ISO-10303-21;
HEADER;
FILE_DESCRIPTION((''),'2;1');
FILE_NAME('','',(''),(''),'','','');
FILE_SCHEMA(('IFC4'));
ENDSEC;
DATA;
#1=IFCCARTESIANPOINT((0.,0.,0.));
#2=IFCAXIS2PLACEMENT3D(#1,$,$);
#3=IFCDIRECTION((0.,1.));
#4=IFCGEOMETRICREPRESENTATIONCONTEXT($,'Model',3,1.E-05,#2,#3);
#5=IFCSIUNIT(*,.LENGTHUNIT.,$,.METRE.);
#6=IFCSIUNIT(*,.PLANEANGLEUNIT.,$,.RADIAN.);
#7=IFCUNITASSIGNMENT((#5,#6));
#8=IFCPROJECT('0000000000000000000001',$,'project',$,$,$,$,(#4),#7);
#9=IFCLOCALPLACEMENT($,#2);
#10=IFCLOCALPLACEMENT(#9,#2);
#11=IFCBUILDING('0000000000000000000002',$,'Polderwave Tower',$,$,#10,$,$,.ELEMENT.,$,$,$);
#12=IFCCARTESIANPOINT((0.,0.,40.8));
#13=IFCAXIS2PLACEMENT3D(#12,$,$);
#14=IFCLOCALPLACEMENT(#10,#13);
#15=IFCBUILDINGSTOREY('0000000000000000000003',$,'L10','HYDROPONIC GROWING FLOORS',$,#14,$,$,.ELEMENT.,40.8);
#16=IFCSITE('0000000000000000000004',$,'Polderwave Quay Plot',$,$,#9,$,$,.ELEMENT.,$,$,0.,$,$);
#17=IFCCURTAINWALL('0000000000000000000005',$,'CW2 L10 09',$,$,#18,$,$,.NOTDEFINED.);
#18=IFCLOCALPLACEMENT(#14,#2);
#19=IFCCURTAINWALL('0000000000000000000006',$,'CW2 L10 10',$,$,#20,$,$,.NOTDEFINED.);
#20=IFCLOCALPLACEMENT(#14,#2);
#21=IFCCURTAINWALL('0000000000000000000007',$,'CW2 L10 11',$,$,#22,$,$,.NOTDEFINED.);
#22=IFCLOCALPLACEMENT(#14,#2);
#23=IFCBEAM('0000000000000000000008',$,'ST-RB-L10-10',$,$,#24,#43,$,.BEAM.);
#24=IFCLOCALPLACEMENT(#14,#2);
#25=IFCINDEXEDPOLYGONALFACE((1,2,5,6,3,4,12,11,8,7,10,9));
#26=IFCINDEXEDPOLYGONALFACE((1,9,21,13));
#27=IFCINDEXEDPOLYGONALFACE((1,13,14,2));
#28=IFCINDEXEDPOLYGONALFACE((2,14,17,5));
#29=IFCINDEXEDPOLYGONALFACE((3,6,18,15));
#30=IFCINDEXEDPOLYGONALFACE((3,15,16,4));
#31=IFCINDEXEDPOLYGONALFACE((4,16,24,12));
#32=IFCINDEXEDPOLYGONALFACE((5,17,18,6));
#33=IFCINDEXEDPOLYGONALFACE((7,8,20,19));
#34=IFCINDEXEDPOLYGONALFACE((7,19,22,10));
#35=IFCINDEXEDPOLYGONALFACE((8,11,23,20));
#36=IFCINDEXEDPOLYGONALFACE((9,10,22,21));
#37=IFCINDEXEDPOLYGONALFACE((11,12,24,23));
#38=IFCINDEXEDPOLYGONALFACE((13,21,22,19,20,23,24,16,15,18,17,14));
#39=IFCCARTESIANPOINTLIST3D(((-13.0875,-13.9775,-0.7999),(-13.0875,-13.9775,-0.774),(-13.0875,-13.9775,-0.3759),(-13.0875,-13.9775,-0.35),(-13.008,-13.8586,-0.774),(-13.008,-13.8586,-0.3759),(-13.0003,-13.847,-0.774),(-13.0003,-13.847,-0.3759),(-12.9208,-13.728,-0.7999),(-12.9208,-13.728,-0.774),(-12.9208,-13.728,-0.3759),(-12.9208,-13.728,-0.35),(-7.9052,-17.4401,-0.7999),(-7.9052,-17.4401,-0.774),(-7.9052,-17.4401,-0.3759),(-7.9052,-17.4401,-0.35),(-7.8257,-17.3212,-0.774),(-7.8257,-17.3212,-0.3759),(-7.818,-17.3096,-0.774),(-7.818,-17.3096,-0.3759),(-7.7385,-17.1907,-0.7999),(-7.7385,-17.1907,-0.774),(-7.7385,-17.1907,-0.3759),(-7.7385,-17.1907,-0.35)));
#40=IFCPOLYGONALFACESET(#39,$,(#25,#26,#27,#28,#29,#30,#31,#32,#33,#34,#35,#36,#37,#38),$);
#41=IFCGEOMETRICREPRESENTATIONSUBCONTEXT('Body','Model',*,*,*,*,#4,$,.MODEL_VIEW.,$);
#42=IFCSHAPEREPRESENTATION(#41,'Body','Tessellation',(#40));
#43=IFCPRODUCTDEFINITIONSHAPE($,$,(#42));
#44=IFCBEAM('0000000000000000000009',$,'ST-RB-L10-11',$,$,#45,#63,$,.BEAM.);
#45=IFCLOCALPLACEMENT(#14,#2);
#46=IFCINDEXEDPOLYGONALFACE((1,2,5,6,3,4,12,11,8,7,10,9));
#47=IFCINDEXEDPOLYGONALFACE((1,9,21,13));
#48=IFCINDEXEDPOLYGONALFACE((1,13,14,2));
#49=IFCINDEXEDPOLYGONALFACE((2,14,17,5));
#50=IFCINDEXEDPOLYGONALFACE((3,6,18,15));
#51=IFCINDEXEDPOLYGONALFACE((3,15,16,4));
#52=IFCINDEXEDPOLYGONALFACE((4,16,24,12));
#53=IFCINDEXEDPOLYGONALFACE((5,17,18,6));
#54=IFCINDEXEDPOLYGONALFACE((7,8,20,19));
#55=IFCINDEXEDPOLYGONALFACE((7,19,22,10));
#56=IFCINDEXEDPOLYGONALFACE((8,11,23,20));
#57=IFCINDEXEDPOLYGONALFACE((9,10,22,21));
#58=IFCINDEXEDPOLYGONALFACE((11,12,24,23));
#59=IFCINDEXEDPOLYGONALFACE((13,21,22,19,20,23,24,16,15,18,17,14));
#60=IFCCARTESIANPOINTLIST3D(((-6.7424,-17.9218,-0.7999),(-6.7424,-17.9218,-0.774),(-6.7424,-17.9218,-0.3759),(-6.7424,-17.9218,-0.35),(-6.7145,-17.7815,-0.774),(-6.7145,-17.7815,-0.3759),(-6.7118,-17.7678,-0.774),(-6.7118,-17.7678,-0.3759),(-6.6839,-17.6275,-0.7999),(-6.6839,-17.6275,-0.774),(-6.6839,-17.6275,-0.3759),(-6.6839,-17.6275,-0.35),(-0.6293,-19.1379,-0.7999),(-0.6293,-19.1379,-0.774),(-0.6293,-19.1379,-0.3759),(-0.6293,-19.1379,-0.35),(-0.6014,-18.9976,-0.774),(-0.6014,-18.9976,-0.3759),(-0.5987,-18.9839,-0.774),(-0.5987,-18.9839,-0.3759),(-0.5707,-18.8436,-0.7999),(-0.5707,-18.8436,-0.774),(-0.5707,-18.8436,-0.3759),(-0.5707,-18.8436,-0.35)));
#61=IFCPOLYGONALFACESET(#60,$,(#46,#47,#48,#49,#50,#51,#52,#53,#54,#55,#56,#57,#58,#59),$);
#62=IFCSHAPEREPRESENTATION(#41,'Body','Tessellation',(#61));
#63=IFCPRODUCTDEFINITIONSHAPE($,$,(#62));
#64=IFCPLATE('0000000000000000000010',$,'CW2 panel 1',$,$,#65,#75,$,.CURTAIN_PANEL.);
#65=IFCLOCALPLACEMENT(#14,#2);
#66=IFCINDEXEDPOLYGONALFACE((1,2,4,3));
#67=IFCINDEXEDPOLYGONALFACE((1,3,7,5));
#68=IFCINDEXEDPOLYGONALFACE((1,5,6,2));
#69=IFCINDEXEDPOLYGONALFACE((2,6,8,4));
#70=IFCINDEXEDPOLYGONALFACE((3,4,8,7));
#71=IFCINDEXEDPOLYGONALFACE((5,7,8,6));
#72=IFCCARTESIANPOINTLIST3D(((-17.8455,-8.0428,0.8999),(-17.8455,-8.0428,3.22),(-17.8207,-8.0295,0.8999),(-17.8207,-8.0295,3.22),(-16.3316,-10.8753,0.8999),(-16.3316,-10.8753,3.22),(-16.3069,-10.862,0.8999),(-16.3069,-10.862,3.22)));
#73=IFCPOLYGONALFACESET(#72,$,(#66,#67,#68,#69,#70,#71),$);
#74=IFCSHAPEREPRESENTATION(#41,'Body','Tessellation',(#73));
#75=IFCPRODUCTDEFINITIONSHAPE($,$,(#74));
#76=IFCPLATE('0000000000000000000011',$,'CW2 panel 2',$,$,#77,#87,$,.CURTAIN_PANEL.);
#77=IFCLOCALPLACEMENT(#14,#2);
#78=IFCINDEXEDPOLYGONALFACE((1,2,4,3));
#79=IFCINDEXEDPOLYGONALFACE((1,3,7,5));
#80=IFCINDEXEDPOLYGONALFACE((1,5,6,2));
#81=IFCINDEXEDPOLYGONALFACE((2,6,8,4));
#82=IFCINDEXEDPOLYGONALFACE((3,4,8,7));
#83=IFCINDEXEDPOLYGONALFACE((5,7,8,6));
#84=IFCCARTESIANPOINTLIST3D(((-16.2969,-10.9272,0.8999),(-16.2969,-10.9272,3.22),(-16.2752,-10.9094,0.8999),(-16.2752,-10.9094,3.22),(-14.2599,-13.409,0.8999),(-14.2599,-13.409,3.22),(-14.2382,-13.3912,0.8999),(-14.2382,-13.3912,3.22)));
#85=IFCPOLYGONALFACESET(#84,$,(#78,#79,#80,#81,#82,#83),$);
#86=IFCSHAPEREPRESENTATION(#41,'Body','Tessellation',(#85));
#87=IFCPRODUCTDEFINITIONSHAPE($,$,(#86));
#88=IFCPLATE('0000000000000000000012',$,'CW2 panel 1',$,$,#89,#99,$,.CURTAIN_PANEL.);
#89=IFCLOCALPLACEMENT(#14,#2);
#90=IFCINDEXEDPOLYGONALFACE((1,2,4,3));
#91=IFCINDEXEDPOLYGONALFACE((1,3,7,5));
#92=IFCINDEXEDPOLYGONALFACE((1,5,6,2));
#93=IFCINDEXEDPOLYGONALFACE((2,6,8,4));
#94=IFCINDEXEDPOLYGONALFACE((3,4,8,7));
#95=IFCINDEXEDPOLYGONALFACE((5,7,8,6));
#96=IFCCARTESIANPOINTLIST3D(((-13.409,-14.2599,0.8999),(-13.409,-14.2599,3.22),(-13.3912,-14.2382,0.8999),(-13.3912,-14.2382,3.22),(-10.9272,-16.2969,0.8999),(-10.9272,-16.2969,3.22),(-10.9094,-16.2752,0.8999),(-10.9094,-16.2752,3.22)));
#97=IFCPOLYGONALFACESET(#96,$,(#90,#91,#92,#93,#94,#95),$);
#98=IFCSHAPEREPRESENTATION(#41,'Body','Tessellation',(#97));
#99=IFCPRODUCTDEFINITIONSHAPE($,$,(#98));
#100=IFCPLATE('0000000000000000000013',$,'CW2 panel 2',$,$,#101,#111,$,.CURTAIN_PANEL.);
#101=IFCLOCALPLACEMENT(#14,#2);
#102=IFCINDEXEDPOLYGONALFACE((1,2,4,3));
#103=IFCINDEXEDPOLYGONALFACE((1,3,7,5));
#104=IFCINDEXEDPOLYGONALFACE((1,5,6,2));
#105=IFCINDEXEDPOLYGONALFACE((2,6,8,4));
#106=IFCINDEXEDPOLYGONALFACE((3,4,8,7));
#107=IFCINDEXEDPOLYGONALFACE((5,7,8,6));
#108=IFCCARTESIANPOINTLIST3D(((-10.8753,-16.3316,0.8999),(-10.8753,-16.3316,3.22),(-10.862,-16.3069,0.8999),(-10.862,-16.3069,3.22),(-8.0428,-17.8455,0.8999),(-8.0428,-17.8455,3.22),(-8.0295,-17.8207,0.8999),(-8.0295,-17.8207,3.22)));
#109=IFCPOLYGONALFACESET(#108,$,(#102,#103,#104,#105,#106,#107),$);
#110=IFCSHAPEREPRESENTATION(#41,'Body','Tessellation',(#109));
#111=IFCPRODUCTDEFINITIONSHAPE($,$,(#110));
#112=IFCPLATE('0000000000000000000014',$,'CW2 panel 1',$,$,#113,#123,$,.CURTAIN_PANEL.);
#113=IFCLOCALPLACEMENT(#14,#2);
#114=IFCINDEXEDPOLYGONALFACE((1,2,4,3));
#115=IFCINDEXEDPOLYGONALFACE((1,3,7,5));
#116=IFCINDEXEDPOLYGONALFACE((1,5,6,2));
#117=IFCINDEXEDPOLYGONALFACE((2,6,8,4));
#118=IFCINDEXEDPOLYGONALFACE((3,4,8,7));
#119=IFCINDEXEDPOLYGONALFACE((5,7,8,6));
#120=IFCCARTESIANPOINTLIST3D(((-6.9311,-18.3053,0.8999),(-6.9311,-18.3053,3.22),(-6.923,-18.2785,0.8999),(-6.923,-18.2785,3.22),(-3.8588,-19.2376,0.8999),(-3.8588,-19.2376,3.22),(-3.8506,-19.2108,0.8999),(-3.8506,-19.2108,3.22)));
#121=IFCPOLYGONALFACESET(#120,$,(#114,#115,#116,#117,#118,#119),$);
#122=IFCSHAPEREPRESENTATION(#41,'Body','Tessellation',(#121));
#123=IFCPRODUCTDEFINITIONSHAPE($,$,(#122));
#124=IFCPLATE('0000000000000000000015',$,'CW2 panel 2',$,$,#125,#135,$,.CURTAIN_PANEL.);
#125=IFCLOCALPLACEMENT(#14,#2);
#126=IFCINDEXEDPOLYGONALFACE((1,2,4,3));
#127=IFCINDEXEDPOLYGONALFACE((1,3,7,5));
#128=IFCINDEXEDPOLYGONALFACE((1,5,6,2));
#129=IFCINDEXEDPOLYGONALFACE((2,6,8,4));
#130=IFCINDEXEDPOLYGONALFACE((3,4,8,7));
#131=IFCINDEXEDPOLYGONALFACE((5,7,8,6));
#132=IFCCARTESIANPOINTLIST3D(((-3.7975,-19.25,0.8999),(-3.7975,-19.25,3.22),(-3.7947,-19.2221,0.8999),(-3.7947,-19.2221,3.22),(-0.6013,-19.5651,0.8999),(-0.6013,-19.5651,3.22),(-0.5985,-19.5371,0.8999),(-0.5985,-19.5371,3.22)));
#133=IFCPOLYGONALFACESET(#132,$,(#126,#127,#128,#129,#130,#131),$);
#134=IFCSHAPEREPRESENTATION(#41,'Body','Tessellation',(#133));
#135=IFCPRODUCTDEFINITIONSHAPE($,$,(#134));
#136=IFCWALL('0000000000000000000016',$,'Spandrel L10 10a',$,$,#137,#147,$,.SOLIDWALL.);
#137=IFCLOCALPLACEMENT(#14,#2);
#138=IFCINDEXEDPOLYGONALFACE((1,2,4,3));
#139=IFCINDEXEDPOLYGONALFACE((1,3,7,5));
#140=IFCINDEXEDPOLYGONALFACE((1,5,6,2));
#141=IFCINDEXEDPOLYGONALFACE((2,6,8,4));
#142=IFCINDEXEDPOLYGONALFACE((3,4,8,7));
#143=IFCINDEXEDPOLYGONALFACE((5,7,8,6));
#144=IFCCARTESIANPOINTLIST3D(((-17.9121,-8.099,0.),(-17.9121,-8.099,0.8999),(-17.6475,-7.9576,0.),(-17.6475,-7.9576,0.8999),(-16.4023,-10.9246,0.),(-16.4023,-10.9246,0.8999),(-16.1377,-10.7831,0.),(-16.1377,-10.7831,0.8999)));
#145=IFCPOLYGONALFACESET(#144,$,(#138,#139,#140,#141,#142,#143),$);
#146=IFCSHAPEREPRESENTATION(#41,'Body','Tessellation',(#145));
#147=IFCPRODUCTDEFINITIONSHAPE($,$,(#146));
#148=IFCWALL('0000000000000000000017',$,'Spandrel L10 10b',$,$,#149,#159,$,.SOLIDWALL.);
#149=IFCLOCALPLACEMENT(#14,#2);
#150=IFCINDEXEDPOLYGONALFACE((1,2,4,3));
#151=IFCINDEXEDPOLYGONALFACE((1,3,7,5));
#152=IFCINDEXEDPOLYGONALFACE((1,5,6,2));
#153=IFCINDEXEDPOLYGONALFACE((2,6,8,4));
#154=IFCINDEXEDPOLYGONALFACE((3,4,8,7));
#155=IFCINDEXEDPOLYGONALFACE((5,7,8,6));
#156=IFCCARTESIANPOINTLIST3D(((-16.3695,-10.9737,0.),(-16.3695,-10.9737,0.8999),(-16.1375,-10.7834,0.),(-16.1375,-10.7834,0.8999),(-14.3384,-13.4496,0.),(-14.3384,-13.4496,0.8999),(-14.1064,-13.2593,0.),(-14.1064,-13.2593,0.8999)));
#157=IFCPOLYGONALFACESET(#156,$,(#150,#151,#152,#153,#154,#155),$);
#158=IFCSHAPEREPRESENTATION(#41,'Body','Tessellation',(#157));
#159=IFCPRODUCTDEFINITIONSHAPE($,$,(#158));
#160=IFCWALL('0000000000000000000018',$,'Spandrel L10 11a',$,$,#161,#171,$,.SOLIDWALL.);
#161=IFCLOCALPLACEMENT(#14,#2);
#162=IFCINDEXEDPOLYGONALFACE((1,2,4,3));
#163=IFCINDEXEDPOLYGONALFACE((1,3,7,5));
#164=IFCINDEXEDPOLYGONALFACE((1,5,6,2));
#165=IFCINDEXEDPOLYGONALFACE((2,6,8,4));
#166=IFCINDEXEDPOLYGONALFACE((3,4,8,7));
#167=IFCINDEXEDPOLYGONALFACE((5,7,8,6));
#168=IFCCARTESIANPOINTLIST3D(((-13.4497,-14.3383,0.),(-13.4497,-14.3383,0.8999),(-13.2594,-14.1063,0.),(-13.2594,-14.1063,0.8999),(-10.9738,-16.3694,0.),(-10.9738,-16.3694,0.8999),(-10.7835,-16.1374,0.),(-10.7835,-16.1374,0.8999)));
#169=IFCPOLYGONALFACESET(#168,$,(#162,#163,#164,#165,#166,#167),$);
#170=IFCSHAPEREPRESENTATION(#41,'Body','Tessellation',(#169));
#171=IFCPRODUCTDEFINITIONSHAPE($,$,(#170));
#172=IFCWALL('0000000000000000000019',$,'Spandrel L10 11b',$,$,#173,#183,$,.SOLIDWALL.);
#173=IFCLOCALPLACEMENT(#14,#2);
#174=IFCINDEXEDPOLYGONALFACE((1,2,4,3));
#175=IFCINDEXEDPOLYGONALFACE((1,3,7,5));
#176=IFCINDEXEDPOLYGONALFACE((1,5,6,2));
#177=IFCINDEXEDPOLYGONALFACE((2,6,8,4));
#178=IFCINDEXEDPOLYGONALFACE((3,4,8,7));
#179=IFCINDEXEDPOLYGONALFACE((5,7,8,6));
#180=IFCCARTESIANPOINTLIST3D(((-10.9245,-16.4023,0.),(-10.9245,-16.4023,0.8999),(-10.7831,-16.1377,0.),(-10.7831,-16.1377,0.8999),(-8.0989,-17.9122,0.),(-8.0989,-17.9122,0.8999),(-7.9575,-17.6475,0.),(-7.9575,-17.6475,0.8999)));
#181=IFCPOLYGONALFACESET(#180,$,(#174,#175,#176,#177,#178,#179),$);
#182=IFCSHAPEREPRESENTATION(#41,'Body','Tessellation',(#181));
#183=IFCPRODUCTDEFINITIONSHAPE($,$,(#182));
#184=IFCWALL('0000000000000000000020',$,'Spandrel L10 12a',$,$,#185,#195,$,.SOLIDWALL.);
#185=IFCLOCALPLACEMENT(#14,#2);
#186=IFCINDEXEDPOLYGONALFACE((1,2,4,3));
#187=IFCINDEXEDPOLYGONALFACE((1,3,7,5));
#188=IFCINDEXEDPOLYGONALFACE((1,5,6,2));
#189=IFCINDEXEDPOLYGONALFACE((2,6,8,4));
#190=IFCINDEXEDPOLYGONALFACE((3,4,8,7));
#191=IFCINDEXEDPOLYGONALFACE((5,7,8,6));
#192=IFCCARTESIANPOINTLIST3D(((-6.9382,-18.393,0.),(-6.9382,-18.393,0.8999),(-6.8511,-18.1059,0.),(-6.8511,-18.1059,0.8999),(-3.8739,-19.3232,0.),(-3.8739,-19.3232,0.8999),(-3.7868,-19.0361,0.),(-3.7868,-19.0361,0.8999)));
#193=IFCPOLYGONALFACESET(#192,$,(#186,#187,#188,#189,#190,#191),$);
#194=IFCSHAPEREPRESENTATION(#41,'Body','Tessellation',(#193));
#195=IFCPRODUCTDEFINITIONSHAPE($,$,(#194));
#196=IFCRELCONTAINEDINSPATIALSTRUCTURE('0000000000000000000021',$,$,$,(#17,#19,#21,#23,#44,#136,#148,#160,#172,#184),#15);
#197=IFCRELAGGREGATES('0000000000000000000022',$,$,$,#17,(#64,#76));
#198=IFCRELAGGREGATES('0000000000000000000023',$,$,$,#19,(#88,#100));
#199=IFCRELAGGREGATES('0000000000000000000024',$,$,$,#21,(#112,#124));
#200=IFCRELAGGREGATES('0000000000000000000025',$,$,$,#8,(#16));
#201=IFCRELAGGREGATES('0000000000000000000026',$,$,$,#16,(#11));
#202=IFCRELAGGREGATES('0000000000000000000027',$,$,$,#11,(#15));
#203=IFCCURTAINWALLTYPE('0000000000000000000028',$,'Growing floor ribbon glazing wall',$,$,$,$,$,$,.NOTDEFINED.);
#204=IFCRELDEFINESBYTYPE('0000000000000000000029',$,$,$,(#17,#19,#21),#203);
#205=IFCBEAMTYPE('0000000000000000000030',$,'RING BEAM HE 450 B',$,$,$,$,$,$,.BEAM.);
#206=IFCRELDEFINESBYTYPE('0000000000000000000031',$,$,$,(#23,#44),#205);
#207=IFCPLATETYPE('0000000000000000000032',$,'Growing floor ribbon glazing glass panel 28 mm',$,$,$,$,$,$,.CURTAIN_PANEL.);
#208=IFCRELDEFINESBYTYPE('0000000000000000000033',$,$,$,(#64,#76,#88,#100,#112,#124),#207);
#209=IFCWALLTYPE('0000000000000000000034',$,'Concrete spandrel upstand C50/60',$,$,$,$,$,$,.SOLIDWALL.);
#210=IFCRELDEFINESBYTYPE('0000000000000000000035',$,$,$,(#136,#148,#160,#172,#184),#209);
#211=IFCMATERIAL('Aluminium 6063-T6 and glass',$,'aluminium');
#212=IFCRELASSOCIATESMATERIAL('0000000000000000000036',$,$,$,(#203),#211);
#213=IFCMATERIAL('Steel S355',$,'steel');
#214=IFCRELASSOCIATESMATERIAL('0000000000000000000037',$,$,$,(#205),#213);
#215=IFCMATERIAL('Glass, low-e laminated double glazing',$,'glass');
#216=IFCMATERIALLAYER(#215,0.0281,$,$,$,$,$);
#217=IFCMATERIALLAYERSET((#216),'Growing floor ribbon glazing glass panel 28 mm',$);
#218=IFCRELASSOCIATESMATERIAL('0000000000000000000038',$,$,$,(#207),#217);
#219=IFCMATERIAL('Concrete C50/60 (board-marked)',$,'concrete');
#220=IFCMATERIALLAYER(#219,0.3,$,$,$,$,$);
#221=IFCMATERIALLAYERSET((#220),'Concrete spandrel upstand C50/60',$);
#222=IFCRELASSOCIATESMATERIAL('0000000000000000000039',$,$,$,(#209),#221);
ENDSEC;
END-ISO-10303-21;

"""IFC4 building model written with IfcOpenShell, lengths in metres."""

from ifc_helpers import new_model, si_unit, direction, frame, frame_2d, origin, origin_2d, place, context, subcontext, project, spatial, rectangle, i_section, extrude, material, layer, layer_set, material_profile, profile_set, type_object, element, aggregate, save


model = new_model("IFC4")

# Units and contexts
model_context = context("Model", 3, precision=1e-05, world=origin(), true_north=direction((0.0, 1.0)))
body_context = subcontext(model_context, "Body", "Model", "MODEL_VIEW")
ifc_project = project(units=[si_unit("LENGTHUNIT", "METRE"), si_unit("PLANEANGLEUNIT", "RADIAN")], contexts=[model_context])

# Site, building, storey
site_placement = place(None, origin())
site = spatial("IfcSite", under=ifc_project, at=site_placement, Name="Polderwave Quay Plot", CompositionType="ELEMENT", RefElevation=0.0)
building_placement = place(site_placement, origin())
building = spatial("IfcBuilding", under=site, at=building_placement, Name="Polderwave Tower", CompositionType="ELEMENT")
storey_placement = place(building_placement, frame((0.0, 0.0, 40.8)))
storey = spatial("IfcBuildingStorey", under=building, at=storey_placement, Name="L10", Description="HYDROPONIC GROWING FLOORS", CompositionType="ELEMENT", Elevation=40.8)

# Curtain walls
ifc_material_1 = material(Name="Aluminium 6063-T6 and glass", Category="aluminium")
curtain_wall_type = type_object("IfcCurtainWallType", Name="Growing floor ribbon glazing wall", PredefinedType="NOTDEFINED", material=ifc_material_1)
curtain_wall_1_placement = place(storey_placement, origin())
curtain_wall_1 = element("IfcCurtainWall", 1, at=curtain_wall_1_placement, inside=storey, type_object=curtain_wall_type, Name="CW2 L10 09", PredefinedType="NOTDEFINED")
curtain_wall_2_placement = place(storey_placement, origin())
curtain_wall_2 = element("IfcCurtainWall", 2, at=curtain_wall_2_placement, inside=storey, type_object=curtain_wall_type, Name="CW2 L10 10", PredefinedType="NOTDEFINED")
curtain_wall_3_placement = place(storey_placement, origin())
curtain_wall_3 = element("IfcCurtainWall", 3, at=curtain_wall_3_placement, inside=storey, type_object=curtain_wall_type, Name="CW2 L10 11", PredefinedType="NOTDEFINED")

# Beams
ifc_material_2 = material(Name="Steel S355", Category="steel")
ifc_material_profile_1 = material_profile(ifc_material_2, i_section(OverallWidth=0.3, OverallDepth=0.45, WebThickness=0.0139, FlangeThickness=0.0259, at=origin_2d()), Name="HE 450 B")
ifc_profile_set_1 = profile_set([ifc_material_profile_1], Name="Steel S355")
beam_type = type_object("IfcBeamType", Name="RING BEAM HE 450 B", PredefinedType="BEAM", material=ifc_profile_set_1)
for number, where, z_axis, x_axis, name in (
    (4, (-13.0042, -13.8528, -0.575), (0.831477, -0.555559, 0.0), (0.555559, 0.831477, 0.0), "ST-RB-L10-10"),
):
    element("IfcBeam", number, at=place(storey_placement, frame(where, z_axis=z_axis, x_axis=x_axis)), inside=storey, type_object=beam_type, Name=name, PredefinedType="BEAM", context=body_context, shape_type="SweptSolid", body=[
        extrude(i_section(OverallWidth=0.3, OverallDepth=0.45, WebThickness=0.0139, FlangeThickness=0.0259, at=origin_2d()), origin(), (0.0, 0.0, 1.0), 6.2327),
    ])
beam_placement = place(storey_placement, frame((-6.7131, -17.7747, -0.575), z_axis=(0.980782, -0.195107, 0.0), x_axis=(0.195107, 0.980782, 0.0)))
element("IfcBeam", 5, at=beam_placement, inside=storey, type_object=beam_type, Name="ST-RB-L10-11", PredefinedType="BEAM", context=body_context, shape_type="SweptSolid", body=[
    extrude(i_section(OverallWidth=0.3, OverallDepth=0.45, WebThickness=0.0139, FlangeThickness=0.0259, at=origin_2d()), origin(), (0.0, 0.0, 1.0), 6.2329),
])

# Plates
ifc_material_3 = material(Name="Glass, low-e laminated double glazing", Category="glass")
ifc_layer_1 = layer(ifc_material_3, 0.0281)
ifc_layer_set_1 = layer_set([ifc_layer_1], Name="Growing floor ribbon glazing glass panel 28 mm")
plate_type = type_object("IfcPlateType", Name="Growing floor ribbon glazing glass panel 28 mm", PredefinedType="CURTAIN_PANEL", material=ifc_layer_set_1)
plate_1_placement = place(storey_placement, frame((-17.0762, -9.4524, 0.8999), z_axis=(0.0, 0.0, 1.0), x_axis=(0.471357, -0.881943, 0.0)))
plate_1 = element("IfcPlate", 6, at=plate_1_placement, type_object=plate_type, Name="CW2 panel 1", PredefinedType="CURTAIN_PANEL", context=body_context, shape_type="SweptSolid", body=[
    extrude(rectangle(XDim=3.2117, YDim=0.0281, at=origin_2d()), origin(), (0.0, 0.0, 1.0), 2.3201),
])
plate_2_placement = place(storey_placement, frame((-15.2676, -12.1592, 0.8999), z_axis=(0.0, 0.0, 1.0), x_axis=(0.63443, -0.772981, 0.0)))
plate_2 = element("IfcPlate", 7, at=plate_2_placement, type_object=plate_type, Name="CW2 panel 2", PredefinedType="CURTAIN_PANEL", context=body_context, shape_type="SweptSolid", body=[
    extrude(rectangle(XDim=3.2107, YDim=0.0281, at=origin_2d()), origin(), (0.0, 0.0, 1.0), 2.3201),
])
aggregate(curtain_wall_1, [plate_1, plate_2])
plate_3_placement = place(storey_placement, frame((-12.1592, -15.2676, 0.8999), z_axis=(0.0, 0.0, 1.0), x_axis=(0.772981, -0.63443, 0.0)))
plate_3 = element("IfcPlate", 8, at=plate_3_placement, type_object=plate_type, Name="CW2 panel 1", PredefinedType="CURTAIN_PANEL", context=body_context, shape_type="SweptSolid", body=[
    extrude(rectangle(XDim=3.2107, YDim=0.0281, at=origin_2d()), origin(), (0.0, 0.0, 1.0), 2.3201),
])
plate_4_placement = place(storey_placement, frame((-9.4524, -17.0762, 0.8999), z_axis=(0.0, 0.0, 1.0), x_axis=(0.881943, -0.471357, 0.0)))
plate_4 = element("IfcPlate", 9, at=plate_4_placement, type_object=plate_type, Name="CW2 panel 2", PredefinedType="CURTAIN_PANEL", context=body_context, shape_type="SweptSolid", body=[
    extrude(rectangle(XDim=3.2117, YDim=0.0281, at=origin_2d()), origin(), (0.0, 0.0, 1.0), 2.3201),
])
aggregate(curtain_wall_2, [plate_3, plate_4])
plate_5_placement = place(storey_placement, frame((-5.3909, -18.7581, 0.8999), z_axis=(0.0, 0.0, 1.0), x_axis=(0.956913, -0.290375, 0.0)))
plate_5 = element("IfcPlate", 10, at=plate_5_placement, type_object=plate_type, Name="CW2 panel 1", PredefinedType="CURTAIN_PANEL", context=body_context, shape_type="SweptSolid", body=[
    extrude(rectangle(XDim=3.2107, YDim=0.0281, at=origin_2d()), origin(), (0.0, 0.0, 1.0), 2.3201),
])
plate_6_placement = place(storey_placement, frame((-2.198, -19.3936, 0.8999), z_axis=(0.0, 0.0, 1.0), x_axis=(0.995177, -0.098099, 0.0)))
plate_6 = element("IfcPlate", 11, at=plate_6_placement, type_object=plate_type, Name="CW2 panel 2", PredefinedType="CURTAIN_PANEL", context=body_context, shape_type="SweptSolid", body=[
    extrude(rectangle(XDim=3.2117, YDim=0.0281, at=origin_2d()), origin(), (0.0, 0.0, 1.0), 2.3201),
])
aggregate(curtain_wall_3, [plate_5, plate_6])

# Walls
ifc_material_4 = material(Name="Concrete C50/60 (board-marked)", Category="concrete")
ifc_layer_2 = layer(ifc_material_4, 0.3)
ifc_layer_set_2 = layer_set([ifc_layer_2], Name="Concrete spandrel upstand C50/60")
wall_type_1 = type_object("IfcWallType", Name="Concrete spandrel upstand C50/60", PredefinedType="SOLIDWALL", material=ifc_layer_set_2)
wall_1_placement = place(storey_placement, frame((-17.7798, -8.0283, 0.0), z_axis=(0.0, 0.0, 1.0), x_axis=(0.471284, -0.881981, 0.0)))
element("IfcWall", 12, at=wall_1_placement, inside=storey, type_object=wall_type_1, Name="Spandrel L10 10a", PredefinedType="SOLIDWALL", context=body_context, shape_type="SweptSolid", body=[
    extrude(rectangle(XDim=3.2036, YDim=0.3, at=frame_2d((1.6018, 0.0))), origin(), (0.0, 0.0, 1.0), 0.8999),
])
for number, where, z_axis, x_axis, name in (
    (13, (-16.2534, -10.8787, 0.0), (0.0, 0.0, 1.0), (0.634234, -0.773141, 0.0), "Spandrel L10 10b"),
    (14, (-13.3545, -14.2224, 0.0), (0.0, 0.0, 1.0), (0.773141, -0.634234, 0.0), "Spandrel L10 11a"),
):
    element("IfcWall", number, at=place(storey_placement, frame(where, z_axis=z_axis, x_axis=x_axis)), inside=storey, type_object=wall_type_1, Name=name, PredefinedType="SOLIDWALL", context=body_context, shape_type="SweptSolid", body=[
        extrude(rectangle(XDim=3.2024, YDim=0.3, at=frame_2d((1.6011, 0.0))), origin(), (0.0, 0.0, 1.0), 0.8999),
    ])
wall_2_placement = place(storey_placement, frame((-10.8538, -16.27, 0.0), z_axis=(0.0, 0.0, 1.0), x_axis=(0.881981, -0.471284, 0.0)))
element("IfcWall", 15, at=wall_2_placement, inside=storey, type_object=wall_type_1, Name="Spandrel L10 11b", PredefinedType="SOLIDWALL", context=body_context, shape_type="SweptSolid", body=[
    extrude(rectangle(XDim=3.2036, YDim=0.3, at=frame_2d((1.6018, 0.0))), origin(), (0.0, 0.0, 1.0), 0.8999),
])
wall_3_placement = place(storey_placement, frame((-6.8945, -18.2495, 0.0), z_axis=(0.0, 0.0, 1.0), x_axis=(0.956883, -0.290473, 0.0)))
element("IfcWall", 16, at=wall_3_placement, inside=storey, type_object=wall_type_1, Name="Spandrel L10 12a", PredefinedType="SOLIDWALL", context=body_context, shape_type="SweptSolid", body=[
    extrude(rectangle(XDim=3.2024, YDim=0.3, at=frame_2d((1.6011, 0.0))), origin(), (0.0, 0.0, 1.0), 0.8999),
])

save(model, "model.ifc")
